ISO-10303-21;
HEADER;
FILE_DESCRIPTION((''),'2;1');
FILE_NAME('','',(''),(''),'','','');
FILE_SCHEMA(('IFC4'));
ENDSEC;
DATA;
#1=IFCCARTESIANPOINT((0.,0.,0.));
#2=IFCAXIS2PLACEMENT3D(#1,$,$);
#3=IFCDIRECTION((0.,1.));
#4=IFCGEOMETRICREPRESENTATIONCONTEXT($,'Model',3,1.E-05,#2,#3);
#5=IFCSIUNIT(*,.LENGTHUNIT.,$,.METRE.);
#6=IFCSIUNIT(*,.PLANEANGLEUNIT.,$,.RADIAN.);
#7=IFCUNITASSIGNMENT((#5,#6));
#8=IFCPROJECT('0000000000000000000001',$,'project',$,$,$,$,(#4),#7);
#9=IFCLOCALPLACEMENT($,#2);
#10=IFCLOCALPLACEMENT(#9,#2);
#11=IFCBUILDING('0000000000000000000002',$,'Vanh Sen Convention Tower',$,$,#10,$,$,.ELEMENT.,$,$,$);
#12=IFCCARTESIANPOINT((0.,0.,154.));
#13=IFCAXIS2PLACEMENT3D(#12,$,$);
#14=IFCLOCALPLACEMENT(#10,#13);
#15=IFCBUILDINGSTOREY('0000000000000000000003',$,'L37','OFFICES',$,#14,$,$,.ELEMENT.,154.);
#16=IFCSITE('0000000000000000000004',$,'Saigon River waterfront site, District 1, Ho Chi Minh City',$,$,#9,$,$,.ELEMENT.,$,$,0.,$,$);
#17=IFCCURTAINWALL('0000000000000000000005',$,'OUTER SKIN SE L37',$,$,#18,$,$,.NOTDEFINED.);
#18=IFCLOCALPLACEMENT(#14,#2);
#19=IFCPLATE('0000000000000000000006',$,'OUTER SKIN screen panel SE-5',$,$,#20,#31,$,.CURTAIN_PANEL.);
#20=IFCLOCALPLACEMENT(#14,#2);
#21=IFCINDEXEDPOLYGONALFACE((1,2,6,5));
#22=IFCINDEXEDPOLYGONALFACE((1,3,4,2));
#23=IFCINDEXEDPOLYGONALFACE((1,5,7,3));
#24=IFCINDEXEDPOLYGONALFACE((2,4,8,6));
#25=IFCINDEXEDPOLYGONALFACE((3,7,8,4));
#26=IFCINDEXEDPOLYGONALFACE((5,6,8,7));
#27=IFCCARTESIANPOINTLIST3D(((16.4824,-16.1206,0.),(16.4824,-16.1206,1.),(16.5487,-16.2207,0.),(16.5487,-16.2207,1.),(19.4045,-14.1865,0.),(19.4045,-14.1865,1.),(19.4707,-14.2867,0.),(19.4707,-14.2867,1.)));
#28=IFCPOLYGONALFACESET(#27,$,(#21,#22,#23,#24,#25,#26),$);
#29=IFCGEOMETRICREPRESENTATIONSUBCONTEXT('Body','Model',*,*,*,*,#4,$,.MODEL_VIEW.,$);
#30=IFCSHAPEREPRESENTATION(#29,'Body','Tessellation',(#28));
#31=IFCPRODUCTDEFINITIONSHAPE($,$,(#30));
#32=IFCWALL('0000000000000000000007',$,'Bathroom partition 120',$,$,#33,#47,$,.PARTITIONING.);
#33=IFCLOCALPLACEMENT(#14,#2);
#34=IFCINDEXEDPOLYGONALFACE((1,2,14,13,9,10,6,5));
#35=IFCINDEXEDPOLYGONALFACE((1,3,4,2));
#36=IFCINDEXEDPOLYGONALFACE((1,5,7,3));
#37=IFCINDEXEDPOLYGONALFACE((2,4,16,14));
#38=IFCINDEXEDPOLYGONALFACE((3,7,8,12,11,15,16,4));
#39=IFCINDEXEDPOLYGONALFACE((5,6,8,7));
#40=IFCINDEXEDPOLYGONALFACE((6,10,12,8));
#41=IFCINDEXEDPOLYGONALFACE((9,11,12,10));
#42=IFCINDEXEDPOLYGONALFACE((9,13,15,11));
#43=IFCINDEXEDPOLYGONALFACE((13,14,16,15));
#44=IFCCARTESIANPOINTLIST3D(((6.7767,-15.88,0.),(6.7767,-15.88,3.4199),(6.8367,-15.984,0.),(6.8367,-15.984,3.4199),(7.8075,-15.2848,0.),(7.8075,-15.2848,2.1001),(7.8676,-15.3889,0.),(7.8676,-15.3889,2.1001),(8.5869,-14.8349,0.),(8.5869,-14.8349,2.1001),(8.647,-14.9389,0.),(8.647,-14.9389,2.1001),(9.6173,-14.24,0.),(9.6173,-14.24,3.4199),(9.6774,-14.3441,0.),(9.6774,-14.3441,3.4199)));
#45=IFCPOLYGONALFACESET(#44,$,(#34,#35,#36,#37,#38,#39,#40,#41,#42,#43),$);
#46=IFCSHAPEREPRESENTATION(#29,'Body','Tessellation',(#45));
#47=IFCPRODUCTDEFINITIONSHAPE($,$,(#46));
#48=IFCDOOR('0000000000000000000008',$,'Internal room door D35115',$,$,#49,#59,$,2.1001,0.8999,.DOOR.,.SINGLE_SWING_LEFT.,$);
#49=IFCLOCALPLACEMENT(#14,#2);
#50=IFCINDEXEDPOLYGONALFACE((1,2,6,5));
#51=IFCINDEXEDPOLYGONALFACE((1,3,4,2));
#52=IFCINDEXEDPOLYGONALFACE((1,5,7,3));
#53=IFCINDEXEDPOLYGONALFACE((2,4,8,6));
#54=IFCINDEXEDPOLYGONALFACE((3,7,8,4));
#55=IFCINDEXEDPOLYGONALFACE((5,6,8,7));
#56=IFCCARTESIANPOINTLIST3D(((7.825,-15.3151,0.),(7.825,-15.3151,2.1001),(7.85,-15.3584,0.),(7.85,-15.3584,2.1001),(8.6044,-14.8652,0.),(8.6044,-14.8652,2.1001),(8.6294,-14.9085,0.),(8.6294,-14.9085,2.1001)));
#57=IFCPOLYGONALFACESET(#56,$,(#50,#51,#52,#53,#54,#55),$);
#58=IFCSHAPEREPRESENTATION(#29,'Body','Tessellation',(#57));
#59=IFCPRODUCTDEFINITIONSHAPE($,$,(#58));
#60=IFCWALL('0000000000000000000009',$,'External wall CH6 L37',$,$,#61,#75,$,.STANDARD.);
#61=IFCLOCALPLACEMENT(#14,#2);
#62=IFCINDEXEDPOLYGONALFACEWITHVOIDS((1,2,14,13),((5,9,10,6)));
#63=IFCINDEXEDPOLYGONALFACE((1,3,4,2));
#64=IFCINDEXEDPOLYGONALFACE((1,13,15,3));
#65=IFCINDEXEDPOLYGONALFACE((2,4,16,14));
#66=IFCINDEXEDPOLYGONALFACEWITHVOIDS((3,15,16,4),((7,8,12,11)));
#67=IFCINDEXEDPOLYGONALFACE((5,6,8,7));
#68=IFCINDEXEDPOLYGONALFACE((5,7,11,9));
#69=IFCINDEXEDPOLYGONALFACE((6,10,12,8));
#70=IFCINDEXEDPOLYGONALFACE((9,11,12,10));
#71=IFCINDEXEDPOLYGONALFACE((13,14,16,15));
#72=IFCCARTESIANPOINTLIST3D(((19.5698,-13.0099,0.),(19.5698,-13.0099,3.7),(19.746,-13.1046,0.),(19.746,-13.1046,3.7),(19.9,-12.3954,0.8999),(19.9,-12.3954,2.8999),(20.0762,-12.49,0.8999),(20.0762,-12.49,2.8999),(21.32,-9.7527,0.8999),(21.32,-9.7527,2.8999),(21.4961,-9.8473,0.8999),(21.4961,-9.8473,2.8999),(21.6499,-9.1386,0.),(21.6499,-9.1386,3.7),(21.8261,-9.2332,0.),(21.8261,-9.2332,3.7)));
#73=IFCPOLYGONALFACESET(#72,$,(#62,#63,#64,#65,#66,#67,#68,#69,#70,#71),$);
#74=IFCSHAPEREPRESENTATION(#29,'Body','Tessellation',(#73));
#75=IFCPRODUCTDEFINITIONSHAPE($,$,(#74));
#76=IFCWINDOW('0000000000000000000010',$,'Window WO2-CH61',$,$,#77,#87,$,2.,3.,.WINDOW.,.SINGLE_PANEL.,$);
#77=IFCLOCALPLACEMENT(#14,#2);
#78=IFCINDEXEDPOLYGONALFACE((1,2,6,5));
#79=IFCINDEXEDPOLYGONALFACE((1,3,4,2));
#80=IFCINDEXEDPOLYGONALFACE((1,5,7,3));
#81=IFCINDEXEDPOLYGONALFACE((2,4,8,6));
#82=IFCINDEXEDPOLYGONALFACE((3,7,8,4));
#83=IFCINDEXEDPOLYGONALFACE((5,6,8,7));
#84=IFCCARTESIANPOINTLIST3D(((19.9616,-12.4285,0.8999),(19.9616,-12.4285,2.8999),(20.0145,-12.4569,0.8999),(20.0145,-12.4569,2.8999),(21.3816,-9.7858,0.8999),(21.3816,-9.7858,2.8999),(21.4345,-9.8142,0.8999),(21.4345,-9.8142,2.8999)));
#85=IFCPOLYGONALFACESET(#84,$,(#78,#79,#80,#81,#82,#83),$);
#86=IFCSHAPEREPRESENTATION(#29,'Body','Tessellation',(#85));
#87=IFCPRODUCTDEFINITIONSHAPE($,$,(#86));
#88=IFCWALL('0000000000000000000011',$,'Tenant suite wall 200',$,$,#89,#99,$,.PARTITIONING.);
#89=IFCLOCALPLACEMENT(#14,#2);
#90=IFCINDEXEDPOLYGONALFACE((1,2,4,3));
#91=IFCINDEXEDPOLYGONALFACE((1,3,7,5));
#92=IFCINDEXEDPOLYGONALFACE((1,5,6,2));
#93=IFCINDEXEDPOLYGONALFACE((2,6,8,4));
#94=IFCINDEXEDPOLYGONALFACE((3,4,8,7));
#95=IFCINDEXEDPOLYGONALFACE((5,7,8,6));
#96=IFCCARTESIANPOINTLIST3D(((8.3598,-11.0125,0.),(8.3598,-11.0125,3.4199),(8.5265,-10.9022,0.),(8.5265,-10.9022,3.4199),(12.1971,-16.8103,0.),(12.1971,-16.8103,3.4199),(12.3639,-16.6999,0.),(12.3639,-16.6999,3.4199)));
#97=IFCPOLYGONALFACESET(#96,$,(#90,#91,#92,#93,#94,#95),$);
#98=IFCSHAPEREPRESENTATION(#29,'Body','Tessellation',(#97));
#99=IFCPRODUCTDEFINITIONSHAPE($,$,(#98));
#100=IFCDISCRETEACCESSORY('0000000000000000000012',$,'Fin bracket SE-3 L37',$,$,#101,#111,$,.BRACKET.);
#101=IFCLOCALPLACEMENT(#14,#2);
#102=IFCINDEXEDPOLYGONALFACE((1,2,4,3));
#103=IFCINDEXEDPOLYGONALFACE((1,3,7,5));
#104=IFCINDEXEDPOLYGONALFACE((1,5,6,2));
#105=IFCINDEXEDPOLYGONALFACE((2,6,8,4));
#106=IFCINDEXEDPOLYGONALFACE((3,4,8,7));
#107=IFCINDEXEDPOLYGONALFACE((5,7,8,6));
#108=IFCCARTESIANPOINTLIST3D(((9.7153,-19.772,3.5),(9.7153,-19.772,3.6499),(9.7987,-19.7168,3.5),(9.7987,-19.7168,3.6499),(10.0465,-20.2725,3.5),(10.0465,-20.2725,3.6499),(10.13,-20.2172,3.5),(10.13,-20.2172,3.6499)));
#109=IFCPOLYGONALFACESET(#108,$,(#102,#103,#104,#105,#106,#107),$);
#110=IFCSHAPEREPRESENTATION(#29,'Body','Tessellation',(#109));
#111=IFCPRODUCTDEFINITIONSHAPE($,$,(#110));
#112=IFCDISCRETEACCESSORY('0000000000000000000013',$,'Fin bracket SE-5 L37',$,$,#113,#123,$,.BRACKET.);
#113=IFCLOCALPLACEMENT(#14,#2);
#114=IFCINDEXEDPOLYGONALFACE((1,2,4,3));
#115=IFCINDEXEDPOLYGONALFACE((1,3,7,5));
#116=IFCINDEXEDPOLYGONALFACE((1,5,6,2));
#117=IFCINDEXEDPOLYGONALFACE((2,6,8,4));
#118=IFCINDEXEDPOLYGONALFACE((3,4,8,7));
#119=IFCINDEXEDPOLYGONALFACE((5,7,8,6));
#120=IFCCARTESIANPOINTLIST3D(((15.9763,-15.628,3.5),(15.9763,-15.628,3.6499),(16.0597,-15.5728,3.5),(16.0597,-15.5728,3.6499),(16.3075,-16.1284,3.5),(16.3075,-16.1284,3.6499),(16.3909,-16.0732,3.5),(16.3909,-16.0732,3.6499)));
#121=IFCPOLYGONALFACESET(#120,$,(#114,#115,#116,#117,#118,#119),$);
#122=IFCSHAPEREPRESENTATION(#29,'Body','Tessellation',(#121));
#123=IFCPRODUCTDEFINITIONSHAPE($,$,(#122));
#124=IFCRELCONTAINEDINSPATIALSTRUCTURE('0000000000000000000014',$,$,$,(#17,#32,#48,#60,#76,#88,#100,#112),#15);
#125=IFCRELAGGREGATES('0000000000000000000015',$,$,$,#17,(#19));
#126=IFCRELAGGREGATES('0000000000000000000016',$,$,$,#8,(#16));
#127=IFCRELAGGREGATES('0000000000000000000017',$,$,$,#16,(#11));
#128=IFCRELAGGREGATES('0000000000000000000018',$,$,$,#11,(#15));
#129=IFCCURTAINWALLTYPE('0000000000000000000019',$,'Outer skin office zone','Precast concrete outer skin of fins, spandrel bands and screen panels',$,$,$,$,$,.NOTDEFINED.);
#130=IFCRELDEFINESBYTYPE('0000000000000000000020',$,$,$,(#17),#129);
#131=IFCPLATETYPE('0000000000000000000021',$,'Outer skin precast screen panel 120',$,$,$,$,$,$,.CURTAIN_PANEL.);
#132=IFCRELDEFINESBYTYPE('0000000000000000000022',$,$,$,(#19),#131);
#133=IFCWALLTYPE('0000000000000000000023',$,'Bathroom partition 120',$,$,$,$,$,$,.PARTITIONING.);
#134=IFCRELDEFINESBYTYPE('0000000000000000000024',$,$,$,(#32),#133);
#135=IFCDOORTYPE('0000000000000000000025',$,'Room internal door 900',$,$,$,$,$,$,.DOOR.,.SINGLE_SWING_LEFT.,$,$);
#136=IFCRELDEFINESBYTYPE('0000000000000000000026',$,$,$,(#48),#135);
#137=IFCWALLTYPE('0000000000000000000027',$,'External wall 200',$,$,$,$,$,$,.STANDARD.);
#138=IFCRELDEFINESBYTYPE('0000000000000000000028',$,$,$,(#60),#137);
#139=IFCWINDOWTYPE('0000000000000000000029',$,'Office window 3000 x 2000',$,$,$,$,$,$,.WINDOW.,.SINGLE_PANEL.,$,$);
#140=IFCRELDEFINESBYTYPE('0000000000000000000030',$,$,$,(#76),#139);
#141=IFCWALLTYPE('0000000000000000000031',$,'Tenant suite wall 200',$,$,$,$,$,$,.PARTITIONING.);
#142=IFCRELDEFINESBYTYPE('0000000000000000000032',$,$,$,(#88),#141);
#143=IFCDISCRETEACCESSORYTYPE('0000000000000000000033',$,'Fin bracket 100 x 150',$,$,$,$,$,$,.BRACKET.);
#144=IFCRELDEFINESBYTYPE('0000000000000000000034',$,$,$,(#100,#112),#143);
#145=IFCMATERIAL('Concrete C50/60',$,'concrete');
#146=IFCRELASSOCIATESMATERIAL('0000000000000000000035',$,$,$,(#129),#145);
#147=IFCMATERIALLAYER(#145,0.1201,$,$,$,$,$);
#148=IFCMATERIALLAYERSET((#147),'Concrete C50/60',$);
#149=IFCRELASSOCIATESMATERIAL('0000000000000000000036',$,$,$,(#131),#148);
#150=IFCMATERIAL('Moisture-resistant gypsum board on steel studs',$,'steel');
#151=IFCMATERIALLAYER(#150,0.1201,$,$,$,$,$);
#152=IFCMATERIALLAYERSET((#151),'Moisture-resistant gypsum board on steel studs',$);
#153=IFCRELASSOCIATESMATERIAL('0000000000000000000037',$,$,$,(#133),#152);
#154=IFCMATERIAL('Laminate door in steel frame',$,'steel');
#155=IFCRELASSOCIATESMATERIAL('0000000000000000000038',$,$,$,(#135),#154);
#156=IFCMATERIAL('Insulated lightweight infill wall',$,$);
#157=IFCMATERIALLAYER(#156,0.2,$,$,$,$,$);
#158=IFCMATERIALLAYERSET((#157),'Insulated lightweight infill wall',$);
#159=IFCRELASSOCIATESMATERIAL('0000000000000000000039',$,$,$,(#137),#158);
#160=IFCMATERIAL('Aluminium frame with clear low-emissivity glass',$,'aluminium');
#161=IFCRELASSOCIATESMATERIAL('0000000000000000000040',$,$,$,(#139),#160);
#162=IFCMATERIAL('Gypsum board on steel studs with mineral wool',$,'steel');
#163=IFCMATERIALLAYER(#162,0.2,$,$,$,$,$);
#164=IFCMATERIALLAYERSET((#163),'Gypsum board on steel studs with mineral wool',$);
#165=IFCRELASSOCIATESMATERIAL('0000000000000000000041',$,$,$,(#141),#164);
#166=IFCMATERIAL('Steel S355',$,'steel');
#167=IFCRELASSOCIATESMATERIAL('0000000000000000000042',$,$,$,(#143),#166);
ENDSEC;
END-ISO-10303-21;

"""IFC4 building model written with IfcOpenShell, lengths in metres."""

from ifc_helpers import new_model, si_unit, direction, frame, frame_2d, origin, origin_2d, place, context, subcontext, project, spatial, rectangle, extrude, material, layer, layer_set, type_object, element, fill, aggregate, save


model = new_model("IFC4")

# Units and contexts
model_context = context("Model", 3, precision=1e-05, world=origin(), true_north=direction((0.0, 1.0)))
body_context = subcontext(model_context, "Body", "Model", "MODEL_VIEW")
ifc_project = project(units=[si_unit("LENGTHUNIT", "METRE"), si_unit("PLANEANGLEUNIT", "RADIAN")], contexts=[model_context])

# Site, building, storey
site_placement = place(None, origin())
site = spatial("IfcSite", under=ifc_project, at=site_placement, Name="Saigon River waterfront site, District 1, Ho Chi Minh City", CompositionType="ELEMENT", RefElevation=0.0)
building_placement = place(site_placement, origin())
building = spatial("IfcBuilding", under=site, at=building_placement, Name="Vanh Sen Convention Tower", CompositionType="ELEMENT")
storey_placement = place(building_placement, frame((0.0, 0.0, 154.0)))
storey = spatial("IfcBuildingStorey", under=building, at=storey_placement, Name="L37", Description="OFFICES", CompositionType="ELEMENT", Elevation=154.0)

# Curtain wall
ifc_material_1 = material(Name="Concrete C50/60", Category="concrete")
curtain_wall_type = type_object("IfcCurtainWallType", Name="Outer skin office zone", Description="Precast concrete outer skin of fins, spandrel bands and screen panels", PredefinedType="NOTDEFINED", material=ifc_material_1)
curtain_wall_1_placement = place(storey_placement, origin())
curtain_wall_1 = element("IfcCurtainWall", 1, at=curtain_wall_1_placement, inside=storey, type_object=curtain_wall_type, Name="OUTER SKIN SE L37", PredefinedType="NOTDEFINED")

# Plate
ifc_layer_1 = layer(ifc_material_1, 0.1201)
ifc_layer_set_1 = layer_set([ifc_layer_1], Name="Concrete C50/60")
plate_type = type_object("IfcPlateType", Name="Outer skin precast screen panel 120", PredefinedType="CURTAIN_PANEL", material=ifc_layer_set_1)
plate_1_placement = place(storey_placement, frame((17.9766, -15.2036, 0.0), z_axis=(0.0, 0.0, 1.0), x_axis=(0.83389, 0.551931, 0.0)))
plate_1 = element("IfcPlate", 2, at=plate_1_placement, type_object=plate_type, Name="OUTER SKIN screen panel SE-5", PredefinedType="CURTAIN_PANEL", context=body_context, shape_type="SweptSolid", body=[
    extrude(rectangle(XDim=3.5042, YDim=0.1201, at=origin_2d()), origin(), (0.0, 0.0, 1.0), 1.0),
])
aggregate(curtain_wall_1, [plate_1])

# Wall, opening, door
ifc_material_2 = material(Name="Moisture-resistant gypsum board on steel studs", Category="steel")
ifc_layer_2 = layer(ifc_material_2, 0.1201)
ifc_layer_set_2 = layer_set([ifc_layer_2], Name="Moisture-resistant gypsum board on steel studs")
wall_type_1 = type_object("IfcWallType", Name="Bathroom partition 120", PredefinedType="PARTITIONING", material=ifc_layer_set_2)
wall_1_placement = place(storey_placement, frame((9.6475, -14.292, 0.0), z_axis=(0.0, 0.0, 1.0), x_axis=(-0.866041, -0.499974, 0.0)))
wall_1 = element("IfcWall", 3, at=wall_1_placement, inside=storey, type_object=wall_type_1, Name="Bathroom partition 120", PredefinedType="PARTITIONING", context=body_context, shape_type="SweptSolid", body=[
    extrude(rectangle(XDim=3.28, YDim=0.1201, at=frame_2d((1.6401, 0.0))), origin(), (0.0, 0.0, 1.0), 3.4199),
])
opening_1_placement = place(wall_1_placement, frame((1.1899, 0.0, 0.0)))
opening_1 = element("IfcOpeningElement", 4, at=opening_1_placement, cuts=wall_1, PredefinedType="OPENING", context=body_context, shape_type="SweptSolid", body=[
    extrude(rectangle(XDim=0.8999, YDim=2.1001, at=frame_2d((0.45, 1.05))), frame((0.0, 0.0701, 0.0), z_axis=(0.0, -1.0, 0.0), x_axis=(1.0, 0.0, 0.0)), (0.0, 0.0, 1.0), 0.1401),
])
ifc_material_3 = material(Name="Laminate door in steel frame", Category="steel")
door_type = type_object("IfcDoorType", Name="Room internal door 900", OperationType="SINGLE_SWING_LEFT", PredefinedType="DOOR", material=ifc_material_3)
door_placement = place(opening_1_placement, origin())
door = element("IfcDoor", 5, at=door_placement, inside=storey, type_object=door_type, Name="Internal room door D35115", OperationType="SINGLE_SWING_LEFT", OverallHeight=2.1001, OverallWidth=0.8999, PredefinedType="DOOR", context=body_context, shape_type="SweptSolid", body=[
    extrude(rectangle(XDim=0.8999, YDim=2.1001, at=frame_2d((0.45, 1.05))), frame((0.0, 0.0249, 0.0), z_axis=(0.0, -1.0, 0.0), x_axis=(1.0, 0.0, 0.0)), (0.0, 0.0, 1.0), 0.05),
])
fill(opening_1, door)

# Wall, opening, window
ifc_material_4 = material(Name="Insulated lightweight infill wall")
ifc_layer_3 = layer(ifc_material_4, 0.2)
ifc_layer_set_3 = layer_set([ifc_layer_3], Name="Insulated lightweight infill wall")
wall_type_2 = type_object("IfcWallType", Name="External wall 200", PredefinedType="STANDARD", material=ifc_layer_set_3)
wall_2_placement = place(storey_placement, frame((19.658, -13.0571, 0.0), z_axis=(0.0, 0.0, 1.0), x_axis=(0.473308, 0.880897, 0.0)))
wall_2 = element("IfcWall", 6, at=wall_2_placement, inside=storey, type_object=wall_type_2, Name="External wall CH6 L37", PredefinedType="STANDARD", context=body_context, shape_type="SweptSolid", body=[
    extrude(rectangle(XDim=4.3948, YDim=0.2, at=frame_2d((2.1973, 0.0))), origin(), (0.0, 0.0, 1.0), 3.7),
])
opening_2_placement = place(wall_2_placement, frame((0.6975, 0.0, 0.8999)))
opening_2 = element("IfcOpeningElement", 7, at=opening_2_placement, cuts=wall_2, PredefinedType="OPENING", context=body_context, shape_type="SweptSolid", body=[
    extrude(rectangle(XDim=3.0, YDim=2.0, at=frame_2d((1.5, 1.0))), frame((0.0, 0.1099, 0.0), z_axis=(0.0, -1.0, 0.0), x_axis=(1.0, 0.0, 0.0)), (0.0, 0.0, 1.0), 0.22),
])
ifc_material_5 = material(Name="Aluminium frame with clear low-emissivity glass", Category="aluminium")
window_type = type_object("IfcWindowType", Name="Office window 3000 x 2000", PartitioningType="SINGLE_PANEL", PredefinedType="WINDOW", material=ifc_material_5)
window_placement = place(opening_2_placement, origin())
window = element("IfcWindow", 8, at=window_placement, inside=storey, type_object=window_type, Name="Window WO2-CH61", OverallHeight=2.0, OverallWidth=3.0, PartitioningType="SINGLE_PANEL", PredefinedType="WINDOW", context=body_context, shape_type="SweptSolid", body=[
    extrude(rectangle(XDim=3.0, YDim=2.0, at=frame_2d((1.5, 1.0))), frame((0.0, 0.03, 0.0), z_axis=(0.0, -1.0, 0.0), x_axis=(1.0, 0.0, 0.0)), (0.0, 0.0, 1.0), 0.0601),
])
fill(opening_2, window)

# Wall
ifc_material_6 = material(Name="Gypsum board on steel studs with mineral wool", Category="steel")
ifc_layer_4 = layer(ifc_material_6, 0.2)
ifc_layer_set_4 = layer_set([ifc_layer_4], Name="Gypsum board on steel studs with mineral wool")
wall_type_3 = type_object("IfcWallType", Name="Tenant suite wall 200", PredefinedType="PARTITIONING", material=ifc_layer_set_4)
wall_3_placement = place(storey_placement, frame((12.2805, -16.7551, 0.0), z_axis=(0.0, 0.0, 1.0), x_axis=(-0.551926, 0.833893, 0.0)))
element("IfcWall", 9, at=wall_3_placement, inside=storey, type_object=wall_type_3, Name="Tenant suite wall 200", PredefinedType="PARTITIONING", context=body_context, shape_type="SweptSolid", body=[
    extrude(rectangle(XDim=6.9526, YDim=0.2, at=frame_2d((3.4763, 0.0))), origin(), (0.0, 0.0, 1.0), 3.4199),
])

# Discrete accessories
ifc_material_7 = material(Name="Steel S355", Category="steel")
discrete_accessory_type = type_object("IfcDiscreteAccessoryType", Name="Fin bracket 100 x 150", PredefinedType="BRACKET", material=ifc_material_7)
for number, where, z_axis, x_axis, name in (
    (10, (9.9226, -19.9946, 3.5), (0.0, 0.0, 1.0), (0.551937, -0.833886, 0.0), "Fin bracket SE-3 L37"),
    (11, (16.1836, -15.8506, 3.5), (0.0, 0.0, 1.0), (0.551937, -0.833886, 0.0), "Fin bracket SE-5 L37"),
):
    element("IfcDiscreteAccessory", number, at=place(storey_placement, frame(where, z_axis=z_axis, x_axis=x_axis)), inside=storey, type_object=discrete_accessory_type, Name=name, PredefinedType="BRACKET", context=body_context, shape_type="SweptSolid", body=[
        extrude(rectangle(XDim=0.6001, YDim=0.1001, at=origin_2d()), origin(), (0.0, 0.0, 1.0), 0.1499),
    ])

save(model, "model.ifc")
